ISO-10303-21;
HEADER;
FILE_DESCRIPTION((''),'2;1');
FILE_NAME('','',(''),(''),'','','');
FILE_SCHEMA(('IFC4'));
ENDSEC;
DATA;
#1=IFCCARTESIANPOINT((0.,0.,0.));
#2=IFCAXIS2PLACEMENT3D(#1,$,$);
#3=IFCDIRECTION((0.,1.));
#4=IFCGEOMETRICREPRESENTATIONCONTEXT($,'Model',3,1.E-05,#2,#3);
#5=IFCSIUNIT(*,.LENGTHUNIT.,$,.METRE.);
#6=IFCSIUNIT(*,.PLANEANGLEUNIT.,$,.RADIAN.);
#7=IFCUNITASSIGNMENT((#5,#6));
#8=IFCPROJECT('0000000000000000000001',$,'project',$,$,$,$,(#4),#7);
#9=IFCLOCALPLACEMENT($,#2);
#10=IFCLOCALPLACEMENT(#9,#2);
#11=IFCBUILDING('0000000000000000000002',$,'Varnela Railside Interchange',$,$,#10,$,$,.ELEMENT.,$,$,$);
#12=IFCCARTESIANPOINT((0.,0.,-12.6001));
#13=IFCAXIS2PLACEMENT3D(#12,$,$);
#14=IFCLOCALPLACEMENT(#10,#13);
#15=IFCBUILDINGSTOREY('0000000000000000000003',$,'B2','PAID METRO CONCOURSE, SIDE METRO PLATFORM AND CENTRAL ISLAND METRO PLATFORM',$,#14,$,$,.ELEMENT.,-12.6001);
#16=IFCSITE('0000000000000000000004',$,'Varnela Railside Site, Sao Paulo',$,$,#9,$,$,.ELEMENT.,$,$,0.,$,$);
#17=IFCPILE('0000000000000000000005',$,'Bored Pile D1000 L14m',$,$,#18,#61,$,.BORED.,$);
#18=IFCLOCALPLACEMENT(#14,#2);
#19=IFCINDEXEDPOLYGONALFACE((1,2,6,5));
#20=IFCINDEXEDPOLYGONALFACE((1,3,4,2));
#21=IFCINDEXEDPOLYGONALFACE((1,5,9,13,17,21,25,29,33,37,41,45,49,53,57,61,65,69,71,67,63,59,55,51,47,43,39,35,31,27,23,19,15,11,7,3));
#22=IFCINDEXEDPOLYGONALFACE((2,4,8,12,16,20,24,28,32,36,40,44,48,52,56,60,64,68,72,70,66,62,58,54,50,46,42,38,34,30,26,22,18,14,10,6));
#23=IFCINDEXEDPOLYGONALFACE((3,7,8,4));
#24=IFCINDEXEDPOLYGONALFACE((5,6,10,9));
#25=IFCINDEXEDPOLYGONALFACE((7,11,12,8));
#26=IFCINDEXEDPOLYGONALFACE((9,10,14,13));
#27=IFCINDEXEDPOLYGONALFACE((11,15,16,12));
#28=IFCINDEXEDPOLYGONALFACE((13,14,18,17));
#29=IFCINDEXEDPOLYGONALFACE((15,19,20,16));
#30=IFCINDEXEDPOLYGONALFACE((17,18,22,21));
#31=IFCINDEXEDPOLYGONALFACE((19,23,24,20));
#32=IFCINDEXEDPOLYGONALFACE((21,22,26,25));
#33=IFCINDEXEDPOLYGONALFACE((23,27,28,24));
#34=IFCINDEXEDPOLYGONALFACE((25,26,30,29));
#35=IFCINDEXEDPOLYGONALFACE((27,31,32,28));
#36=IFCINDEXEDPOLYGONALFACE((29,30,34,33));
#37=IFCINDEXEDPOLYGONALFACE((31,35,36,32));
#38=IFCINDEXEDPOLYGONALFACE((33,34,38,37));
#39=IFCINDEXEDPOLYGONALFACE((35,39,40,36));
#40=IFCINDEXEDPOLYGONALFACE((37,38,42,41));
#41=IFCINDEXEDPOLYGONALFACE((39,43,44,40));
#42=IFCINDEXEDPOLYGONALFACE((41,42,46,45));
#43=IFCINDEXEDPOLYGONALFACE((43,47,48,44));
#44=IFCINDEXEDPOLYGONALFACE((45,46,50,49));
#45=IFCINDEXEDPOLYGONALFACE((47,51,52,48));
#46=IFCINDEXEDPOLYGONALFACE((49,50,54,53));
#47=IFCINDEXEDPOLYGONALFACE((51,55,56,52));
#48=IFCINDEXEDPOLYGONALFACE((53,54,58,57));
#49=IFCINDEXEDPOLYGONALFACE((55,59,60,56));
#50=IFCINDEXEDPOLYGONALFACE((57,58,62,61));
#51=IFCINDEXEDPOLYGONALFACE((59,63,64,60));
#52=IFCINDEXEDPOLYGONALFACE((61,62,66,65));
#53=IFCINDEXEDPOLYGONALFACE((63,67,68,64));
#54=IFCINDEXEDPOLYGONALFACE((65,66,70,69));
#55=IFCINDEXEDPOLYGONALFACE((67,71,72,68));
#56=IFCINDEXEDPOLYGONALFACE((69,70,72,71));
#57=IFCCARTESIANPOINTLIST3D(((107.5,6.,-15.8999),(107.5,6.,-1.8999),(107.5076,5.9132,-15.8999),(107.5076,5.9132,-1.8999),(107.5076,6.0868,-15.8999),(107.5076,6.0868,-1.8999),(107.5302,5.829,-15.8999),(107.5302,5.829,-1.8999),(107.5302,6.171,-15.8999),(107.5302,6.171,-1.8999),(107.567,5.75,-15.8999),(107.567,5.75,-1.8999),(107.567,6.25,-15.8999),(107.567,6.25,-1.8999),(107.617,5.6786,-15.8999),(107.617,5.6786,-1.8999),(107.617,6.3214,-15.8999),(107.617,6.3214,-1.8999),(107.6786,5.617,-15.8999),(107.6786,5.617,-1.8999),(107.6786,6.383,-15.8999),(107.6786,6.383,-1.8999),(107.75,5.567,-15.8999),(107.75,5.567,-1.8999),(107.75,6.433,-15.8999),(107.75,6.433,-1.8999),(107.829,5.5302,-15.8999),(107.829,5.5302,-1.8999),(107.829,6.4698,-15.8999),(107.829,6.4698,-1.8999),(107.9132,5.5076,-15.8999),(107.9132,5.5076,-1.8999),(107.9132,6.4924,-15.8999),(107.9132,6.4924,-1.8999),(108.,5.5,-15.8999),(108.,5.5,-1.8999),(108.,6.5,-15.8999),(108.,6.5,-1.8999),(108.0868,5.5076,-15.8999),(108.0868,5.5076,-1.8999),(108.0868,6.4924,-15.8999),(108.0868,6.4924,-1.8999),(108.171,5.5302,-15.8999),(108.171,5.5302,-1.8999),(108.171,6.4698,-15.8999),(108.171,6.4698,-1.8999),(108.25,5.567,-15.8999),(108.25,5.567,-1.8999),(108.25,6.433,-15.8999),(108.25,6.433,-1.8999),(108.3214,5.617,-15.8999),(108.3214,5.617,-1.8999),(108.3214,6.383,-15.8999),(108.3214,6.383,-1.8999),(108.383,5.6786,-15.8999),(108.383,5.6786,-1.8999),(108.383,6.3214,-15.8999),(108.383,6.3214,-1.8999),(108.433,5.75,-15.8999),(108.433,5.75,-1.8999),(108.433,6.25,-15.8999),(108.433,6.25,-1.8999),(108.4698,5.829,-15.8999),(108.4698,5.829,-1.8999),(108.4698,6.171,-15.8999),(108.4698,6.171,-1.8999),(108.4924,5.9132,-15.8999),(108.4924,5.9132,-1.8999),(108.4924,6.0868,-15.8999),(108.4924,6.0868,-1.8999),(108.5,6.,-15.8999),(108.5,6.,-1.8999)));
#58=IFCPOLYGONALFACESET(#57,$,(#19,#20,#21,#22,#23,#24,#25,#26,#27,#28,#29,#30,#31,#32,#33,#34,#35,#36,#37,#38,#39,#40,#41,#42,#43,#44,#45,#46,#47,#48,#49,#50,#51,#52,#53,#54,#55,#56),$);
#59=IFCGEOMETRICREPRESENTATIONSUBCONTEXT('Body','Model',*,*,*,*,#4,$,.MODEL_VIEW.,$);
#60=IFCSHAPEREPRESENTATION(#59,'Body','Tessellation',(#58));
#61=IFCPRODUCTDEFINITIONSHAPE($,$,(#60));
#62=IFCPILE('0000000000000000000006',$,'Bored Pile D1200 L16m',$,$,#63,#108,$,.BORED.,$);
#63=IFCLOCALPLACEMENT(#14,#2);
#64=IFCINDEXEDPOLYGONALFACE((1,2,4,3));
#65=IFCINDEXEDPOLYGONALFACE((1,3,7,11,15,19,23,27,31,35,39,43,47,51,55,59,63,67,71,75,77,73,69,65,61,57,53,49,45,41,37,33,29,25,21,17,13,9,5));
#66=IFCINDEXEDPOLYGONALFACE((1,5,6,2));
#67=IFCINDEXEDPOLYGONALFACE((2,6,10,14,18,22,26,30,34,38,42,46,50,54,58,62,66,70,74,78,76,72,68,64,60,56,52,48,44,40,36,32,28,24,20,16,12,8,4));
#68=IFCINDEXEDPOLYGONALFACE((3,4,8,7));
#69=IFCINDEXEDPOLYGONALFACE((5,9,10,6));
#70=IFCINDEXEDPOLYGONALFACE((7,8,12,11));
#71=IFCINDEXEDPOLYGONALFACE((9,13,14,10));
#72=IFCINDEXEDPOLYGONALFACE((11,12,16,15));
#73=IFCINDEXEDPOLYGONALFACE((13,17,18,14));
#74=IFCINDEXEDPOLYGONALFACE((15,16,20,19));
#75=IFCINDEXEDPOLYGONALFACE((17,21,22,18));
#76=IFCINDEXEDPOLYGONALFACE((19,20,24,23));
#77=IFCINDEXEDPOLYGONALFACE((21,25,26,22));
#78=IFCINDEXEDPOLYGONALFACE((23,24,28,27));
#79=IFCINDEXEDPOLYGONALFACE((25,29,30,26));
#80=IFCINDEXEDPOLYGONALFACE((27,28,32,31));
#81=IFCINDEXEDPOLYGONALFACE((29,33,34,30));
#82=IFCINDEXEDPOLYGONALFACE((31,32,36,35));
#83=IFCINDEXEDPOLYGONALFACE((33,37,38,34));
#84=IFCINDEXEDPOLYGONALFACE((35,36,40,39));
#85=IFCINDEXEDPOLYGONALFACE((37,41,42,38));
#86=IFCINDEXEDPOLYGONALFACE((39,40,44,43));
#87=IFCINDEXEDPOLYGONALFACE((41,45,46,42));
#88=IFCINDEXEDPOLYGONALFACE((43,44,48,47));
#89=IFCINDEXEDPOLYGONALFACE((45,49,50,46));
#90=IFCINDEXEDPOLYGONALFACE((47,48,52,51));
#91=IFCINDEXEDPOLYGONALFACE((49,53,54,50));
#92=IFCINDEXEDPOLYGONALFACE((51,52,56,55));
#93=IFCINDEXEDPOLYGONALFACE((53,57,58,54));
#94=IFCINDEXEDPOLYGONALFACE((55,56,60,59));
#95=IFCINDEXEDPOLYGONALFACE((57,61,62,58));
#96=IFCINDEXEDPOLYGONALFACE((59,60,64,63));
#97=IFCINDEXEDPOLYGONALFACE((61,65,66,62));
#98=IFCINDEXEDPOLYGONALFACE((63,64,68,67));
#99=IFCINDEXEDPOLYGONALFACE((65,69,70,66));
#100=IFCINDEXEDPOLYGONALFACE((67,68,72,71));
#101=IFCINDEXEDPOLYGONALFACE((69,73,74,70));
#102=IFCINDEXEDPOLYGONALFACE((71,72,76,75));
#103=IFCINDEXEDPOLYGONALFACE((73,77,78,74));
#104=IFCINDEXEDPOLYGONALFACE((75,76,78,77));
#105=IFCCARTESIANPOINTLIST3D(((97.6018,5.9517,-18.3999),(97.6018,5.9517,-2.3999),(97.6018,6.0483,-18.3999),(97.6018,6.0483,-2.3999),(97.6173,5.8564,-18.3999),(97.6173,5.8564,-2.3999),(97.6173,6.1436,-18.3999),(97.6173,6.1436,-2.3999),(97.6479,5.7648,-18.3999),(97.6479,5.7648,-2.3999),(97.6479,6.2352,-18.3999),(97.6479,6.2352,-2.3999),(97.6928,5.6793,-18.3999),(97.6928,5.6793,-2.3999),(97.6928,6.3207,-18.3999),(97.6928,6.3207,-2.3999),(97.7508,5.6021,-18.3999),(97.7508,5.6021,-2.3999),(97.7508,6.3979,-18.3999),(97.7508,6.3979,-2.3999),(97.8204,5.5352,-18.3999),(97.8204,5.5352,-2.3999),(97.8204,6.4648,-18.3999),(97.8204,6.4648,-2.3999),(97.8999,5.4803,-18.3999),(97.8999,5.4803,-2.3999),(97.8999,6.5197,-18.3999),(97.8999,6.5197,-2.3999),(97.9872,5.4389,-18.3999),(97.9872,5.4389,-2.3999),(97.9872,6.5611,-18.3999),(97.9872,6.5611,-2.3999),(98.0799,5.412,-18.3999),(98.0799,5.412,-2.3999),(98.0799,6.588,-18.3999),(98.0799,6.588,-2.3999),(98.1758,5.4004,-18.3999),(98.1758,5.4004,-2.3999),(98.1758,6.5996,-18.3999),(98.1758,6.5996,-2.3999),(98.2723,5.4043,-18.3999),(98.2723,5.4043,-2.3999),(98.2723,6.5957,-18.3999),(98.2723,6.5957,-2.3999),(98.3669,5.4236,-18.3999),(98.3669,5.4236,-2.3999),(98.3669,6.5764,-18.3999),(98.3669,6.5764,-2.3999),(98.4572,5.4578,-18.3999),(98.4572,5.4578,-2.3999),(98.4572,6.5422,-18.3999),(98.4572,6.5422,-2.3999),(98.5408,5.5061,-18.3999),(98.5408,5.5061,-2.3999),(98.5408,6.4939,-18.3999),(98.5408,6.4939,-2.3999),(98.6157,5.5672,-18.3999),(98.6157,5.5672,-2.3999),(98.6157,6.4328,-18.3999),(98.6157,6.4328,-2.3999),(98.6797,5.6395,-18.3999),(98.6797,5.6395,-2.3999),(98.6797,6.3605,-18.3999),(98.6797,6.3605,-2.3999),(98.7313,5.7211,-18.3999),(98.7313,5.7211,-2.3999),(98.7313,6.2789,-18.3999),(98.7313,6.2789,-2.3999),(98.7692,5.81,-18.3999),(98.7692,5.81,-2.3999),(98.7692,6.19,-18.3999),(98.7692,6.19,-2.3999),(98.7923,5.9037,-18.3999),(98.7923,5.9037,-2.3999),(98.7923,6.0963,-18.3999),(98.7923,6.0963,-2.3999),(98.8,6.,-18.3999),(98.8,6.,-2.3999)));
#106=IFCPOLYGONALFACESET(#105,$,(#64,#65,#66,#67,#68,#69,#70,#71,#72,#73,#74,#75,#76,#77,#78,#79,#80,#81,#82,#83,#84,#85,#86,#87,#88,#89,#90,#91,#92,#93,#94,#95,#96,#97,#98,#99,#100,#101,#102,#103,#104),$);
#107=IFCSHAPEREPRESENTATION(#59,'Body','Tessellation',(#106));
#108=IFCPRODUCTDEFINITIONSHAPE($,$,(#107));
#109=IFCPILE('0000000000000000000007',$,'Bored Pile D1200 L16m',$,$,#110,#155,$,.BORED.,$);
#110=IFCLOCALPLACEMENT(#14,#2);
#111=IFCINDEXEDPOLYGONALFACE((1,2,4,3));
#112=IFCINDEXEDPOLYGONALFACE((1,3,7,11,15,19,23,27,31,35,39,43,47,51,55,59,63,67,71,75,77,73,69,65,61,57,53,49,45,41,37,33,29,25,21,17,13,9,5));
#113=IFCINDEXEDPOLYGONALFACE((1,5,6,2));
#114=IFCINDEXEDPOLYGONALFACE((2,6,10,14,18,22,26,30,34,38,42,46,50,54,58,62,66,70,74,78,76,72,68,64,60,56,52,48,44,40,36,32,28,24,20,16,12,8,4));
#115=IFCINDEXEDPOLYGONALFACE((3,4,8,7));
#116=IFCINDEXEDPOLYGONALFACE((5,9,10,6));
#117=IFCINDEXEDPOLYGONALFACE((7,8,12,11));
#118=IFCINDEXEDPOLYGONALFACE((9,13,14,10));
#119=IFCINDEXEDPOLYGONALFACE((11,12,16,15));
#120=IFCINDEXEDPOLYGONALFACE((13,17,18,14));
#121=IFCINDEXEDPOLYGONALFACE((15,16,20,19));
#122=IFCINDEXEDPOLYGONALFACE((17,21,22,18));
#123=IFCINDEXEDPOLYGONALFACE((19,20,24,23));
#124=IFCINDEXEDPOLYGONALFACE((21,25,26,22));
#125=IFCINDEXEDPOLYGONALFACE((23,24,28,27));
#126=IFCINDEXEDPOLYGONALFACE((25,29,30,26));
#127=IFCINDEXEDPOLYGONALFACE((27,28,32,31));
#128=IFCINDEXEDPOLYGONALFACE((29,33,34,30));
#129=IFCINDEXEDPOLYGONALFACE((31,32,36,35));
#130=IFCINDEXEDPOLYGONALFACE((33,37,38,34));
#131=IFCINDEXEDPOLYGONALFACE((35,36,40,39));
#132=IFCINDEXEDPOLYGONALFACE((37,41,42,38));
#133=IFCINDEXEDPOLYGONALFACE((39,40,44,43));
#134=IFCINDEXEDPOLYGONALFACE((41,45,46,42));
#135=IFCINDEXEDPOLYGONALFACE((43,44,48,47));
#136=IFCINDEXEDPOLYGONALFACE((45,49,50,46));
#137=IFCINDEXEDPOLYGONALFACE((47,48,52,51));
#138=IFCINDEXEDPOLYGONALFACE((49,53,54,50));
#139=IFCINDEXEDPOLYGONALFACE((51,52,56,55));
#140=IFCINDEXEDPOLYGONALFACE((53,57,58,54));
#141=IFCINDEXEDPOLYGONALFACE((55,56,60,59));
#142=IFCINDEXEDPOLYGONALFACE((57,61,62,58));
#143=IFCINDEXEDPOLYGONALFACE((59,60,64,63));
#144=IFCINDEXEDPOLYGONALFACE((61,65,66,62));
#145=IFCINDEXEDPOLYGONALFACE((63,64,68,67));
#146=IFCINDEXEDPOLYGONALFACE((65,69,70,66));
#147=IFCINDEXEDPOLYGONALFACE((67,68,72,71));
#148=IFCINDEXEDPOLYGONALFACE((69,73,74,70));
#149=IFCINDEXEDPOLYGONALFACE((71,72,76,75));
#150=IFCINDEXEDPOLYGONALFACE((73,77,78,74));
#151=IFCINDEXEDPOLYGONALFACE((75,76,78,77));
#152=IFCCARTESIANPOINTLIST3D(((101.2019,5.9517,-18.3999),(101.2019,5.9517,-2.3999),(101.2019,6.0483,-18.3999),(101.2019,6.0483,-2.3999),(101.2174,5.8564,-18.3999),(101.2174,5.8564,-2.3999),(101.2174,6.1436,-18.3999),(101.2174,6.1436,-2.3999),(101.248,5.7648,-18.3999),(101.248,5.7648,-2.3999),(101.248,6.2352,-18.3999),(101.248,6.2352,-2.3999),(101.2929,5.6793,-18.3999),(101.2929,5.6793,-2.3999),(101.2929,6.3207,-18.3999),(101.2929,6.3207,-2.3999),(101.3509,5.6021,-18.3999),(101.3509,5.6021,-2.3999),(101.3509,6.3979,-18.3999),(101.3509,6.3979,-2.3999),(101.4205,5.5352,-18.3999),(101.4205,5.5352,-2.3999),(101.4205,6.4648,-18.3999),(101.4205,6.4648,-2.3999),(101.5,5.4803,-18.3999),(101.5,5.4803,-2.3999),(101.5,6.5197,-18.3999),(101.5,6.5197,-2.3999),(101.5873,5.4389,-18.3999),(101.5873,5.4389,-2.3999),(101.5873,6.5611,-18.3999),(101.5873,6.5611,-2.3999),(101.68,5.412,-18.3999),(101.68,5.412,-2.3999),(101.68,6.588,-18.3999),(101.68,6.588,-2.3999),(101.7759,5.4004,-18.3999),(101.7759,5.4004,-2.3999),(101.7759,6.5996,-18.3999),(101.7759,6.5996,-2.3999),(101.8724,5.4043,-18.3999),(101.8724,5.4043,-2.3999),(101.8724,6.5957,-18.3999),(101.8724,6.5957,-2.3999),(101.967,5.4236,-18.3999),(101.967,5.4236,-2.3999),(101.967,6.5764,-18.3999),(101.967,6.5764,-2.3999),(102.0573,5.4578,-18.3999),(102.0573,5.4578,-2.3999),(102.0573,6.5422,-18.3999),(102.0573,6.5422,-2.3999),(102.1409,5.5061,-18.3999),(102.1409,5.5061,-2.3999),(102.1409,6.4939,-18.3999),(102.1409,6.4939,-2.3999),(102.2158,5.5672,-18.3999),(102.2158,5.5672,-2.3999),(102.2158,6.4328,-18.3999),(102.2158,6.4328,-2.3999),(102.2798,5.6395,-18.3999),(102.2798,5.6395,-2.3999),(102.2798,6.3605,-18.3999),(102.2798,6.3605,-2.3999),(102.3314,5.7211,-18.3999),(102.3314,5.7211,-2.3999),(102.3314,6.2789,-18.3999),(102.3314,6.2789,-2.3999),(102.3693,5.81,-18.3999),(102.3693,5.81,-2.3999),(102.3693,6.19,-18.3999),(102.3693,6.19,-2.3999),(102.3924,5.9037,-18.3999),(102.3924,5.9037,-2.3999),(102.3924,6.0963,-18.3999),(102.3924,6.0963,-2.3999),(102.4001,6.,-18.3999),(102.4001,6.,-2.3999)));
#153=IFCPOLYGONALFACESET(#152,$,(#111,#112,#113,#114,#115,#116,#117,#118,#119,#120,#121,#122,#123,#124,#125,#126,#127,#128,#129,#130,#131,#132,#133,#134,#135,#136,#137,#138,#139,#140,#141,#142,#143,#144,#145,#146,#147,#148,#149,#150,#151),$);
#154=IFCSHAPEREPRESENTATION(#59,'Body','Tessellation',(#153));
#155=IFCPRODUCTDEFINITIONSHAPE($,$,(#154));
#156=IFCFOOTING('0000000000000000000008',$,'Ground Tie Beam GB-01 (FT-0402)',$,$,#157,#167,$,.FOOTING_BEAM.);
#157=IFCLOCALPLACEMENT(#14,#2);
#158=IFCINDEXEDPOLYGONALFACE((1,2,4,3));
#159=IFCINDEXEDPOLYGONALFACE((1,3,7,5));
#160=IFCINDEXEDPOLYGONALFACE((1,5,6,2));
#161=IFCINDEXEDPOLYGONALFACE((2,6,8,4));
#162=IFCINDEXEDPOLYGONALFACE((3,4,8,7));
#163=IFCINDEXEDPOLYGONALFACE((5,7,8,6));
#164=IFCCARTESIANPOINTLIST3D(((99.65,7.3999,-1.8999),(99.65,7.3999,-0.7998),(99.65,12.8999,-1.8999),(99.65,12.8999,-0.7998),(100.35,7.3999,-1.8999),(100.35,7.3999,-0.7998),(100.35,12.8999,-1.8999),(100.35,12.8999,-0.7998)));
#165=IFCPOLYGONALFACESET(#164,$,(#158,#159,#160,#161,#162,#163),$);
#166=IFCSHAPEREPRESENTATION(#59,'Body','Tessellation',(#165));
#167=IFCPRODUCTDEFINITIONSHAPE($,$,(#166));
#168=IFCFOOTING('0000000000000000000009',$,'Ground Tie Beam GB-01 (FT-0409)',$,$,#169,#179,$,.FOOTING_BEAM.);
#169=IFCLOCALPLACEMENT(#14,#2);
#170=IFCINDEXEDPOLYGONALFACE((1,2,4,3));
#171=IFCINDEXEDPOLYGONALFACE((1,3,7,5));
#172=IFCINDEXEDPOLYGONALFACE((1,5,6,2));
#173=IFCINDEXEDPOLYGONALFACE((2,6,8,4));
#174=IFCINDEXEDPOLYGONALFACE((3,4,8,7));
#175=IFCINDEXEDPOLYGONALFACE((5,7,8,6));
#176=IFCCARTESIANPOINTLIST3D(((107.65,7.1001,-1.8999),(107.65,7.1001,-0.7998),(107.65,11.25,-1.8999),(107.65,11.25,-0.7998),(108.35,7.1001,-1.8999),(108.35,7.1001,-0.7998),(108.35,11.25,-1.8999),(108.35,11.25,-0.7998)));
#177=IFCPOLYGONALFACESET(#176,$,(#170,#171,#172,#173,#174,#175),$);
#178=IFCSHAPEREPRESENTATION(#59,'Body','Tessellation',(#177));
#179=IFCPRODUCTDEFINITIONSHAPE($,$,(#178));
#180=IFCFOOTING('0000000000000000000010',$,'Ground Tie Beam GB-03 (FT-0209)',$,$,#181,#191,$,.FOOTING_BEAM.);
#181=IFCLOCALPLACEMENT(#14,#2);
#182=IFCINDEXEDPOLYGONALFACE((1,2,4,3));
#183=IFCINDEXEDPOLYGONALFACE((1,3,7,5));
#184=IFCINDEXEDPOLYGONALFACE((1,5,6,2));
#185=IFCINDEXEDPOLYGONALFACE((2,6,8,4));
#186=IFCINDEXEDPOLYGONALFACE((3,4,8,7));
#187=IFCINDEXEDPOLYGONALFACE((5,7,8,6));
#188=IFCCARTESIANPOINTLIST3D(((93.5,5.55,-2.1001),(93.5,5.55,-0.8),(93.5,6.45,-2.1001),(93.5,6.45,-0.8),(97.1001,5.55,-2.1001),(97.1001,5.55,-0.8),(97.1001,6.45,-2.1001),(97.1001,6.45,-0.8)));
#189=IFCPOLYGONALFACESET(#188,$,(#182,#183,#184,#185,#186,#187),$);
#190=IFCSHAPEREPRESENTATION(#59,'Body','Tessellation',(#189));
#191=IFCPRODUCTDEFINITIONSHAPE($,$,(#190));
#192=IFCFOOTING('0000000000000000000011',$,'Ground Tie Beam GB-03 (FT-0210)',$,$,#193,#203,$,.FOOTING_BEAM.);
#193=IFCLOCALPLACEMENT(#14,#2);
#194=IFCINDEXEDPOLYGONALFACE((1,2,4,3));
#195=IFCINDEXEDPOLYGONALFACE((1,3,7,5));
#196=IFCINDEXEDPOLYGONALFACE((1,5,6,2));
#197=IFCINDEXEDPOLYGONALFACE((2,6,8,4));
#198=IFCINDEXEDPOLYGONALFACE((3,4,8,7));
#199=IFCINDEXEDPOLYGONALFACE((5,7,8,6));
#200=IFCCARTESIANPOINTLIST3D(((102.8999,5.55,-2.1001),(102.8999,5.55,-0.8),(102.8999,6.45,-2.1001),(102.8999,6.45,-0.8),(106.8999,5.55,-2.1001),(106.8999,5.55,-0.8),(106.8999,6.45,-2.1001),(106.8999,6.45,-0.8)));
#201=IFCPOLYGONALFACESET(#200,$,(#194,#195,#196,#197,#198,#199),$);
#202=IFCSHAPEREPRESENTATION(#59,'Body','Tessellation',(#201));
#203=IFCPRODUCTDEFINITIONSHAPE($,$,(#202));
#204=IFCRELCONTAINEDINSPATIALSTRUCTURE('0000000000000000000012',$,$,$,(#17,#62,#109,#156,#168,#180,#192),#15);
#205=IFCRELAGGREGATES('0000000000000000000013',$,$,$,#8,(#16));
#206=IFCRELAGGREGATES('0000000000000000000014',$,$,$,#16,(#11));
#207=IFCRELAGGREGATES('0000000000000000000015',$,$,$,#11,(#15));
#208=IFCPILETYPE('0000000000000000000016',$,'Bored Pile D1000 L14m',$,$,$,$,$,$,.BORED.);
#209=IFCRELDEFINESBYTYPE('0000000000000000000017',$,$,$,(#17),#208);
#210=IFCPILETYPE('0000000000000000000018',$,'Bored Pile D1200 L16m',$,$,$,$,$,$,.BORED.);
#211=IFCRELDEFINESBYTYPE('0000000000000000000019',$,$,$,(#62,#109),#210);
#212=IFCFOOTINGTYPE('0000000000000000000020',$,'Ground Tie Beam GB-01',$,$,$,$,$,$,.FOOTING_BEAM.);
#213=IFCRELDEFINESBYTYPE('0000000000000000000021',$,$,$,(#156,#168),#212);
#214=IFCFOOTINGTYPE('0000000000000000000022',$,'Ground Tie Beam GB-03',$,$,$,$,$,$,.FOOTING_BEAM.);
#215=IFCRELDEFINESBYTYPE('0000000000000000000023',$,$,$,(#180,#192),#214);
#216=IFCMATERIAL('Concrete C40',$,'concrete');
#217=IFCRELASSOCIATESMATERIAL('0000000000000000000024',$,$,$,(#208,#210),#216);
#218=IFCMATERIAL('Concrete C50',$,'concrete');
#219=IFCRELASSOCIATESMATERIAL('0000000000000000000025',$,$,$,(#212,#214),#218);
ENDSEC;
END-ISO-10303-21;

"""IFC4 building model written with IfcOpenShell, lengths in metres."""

from ifc_helpers import new_model, si_unit, direction, frame, origin, origin_2d, place, context, subcontext, project, spatial, rectangle, circle, extrude, material, material_profile, profile_set, type_object, element, save


model = new_model("IFC4")

# Units and contexts
model_context = context("Model", 3, precision=1e-05, world=origin(), true_north=direction((0.0, 1.0)))
body_context = subcontext(model_context, "Body", "Model", "MODEL_VIEW")
ifc_project = project(units=[si_unit("LENGTHUNIT", "METRE"), si_unit("PLANEANGLEUNIT", "RADIAN")], contexts=[model_context])

# Site, building, storey
site_placement = place(None, origin())
site = spatial("IfcSite", under=ifc_project, at=site_placement, Name="Varnela Railside Site, Sao Paulo", CompositionType="ELEMENT", RefElevation=0.0)
building_placement = place(site_placement, origin())
building = spatial("IfcBuilding", under=site, at=building_placement, Name="Varnela Railside Interchange", CompositionType="ELEMENT")
storey_placement = place(building_placement, frame((0.0, 0.0, -12.6001)))
storey = spatial("IfcBuildingStorey", under=building, at=storey_placement, Name="B2", Description="PAID METRO CONCOURSE, SIDE METRO PLATFORM AND CENTRAL ISLAND METRO PLATFORM", CompositionType="ELEMENT", Elevation=-12.6001)

# Piles
ifc_material_1 = material(Name="Concrete C40", Category="concrete")
ifc_material_profile_1 = material_profile(ifc_material_1, circle(Radius=0.5, at=origin_2d()), Name="BORED PILE D1000")
ifc_profile_set_1 = profile_set([ifc_material_profile_1], Name="Concrete C40")
pile_type_1 = type_object("IfcPileType", Name="Bored Pile D1000 L14m", PredefinedType="BORED", material=ifc_profile_set_1)
pile_placement = place(storey_placement, frame((108.0, 6.0, -1.8999), z_axis=(0.0, 0.0, -1.0), x_axis=(1.0, 0.0, 0.0)))
element("IfcPile", 1, at=pile_placement, inside=storey, type_object=pile_type_1, Name="Bored Pile D1000 L14m", PredefinedType="BORED", context=body_context, shape_type="SweptSolid", body=[
    extrude(circle(Radius=0.5, at=origin_2d()), origin(), (0.0, 0.0, 1.0), 14.0),
])
ifc_material_profile_2 = material_profile(ifc_material_1, circle(Radius=0.6001, at=origin_2d()), Name="BORED PILE D1200")
ifc_profile_set_2 = profile_set([ifc_material_profile_2], Name="Concrete C40")
pile_type_2 = type_object("IfcPileType", Name="Bored Pile D1200 L16m", PredefinedType="BORED", material=ifc_profile_set_2)
for number, where, z_axis, x_axis, name in (
    (2, (98.2, 6.0, -2.3999), (0.0, 0.0, -1.0), (1.0, 0.0, 0.0), "Bored Pile D1200 L16m"),
    (3, (101.8, 6.0, -2.3999), (0.0, 0.0, -1.0), (1.0, 0.0, 0.0), "Bored Pile D1200 L16m"),
):
    element("IfcPile", number, at=place(storey_placement, frame(where, z_axis=z_axis, x_axis=x_axis)), inside=storey, type_object=pile_type_2, Name=name, PredefinedType="BORED", context=body_context, shape_type="SweptSolid", body=[
        extrude(circle(Radius=0.6001, at=origin_2d()), origin(), (0.0, 0.0, 1.0), 16.0),
    ])

# Footings
ifc_material_2 = material(Name="Concrete C50", Category="concrete")
footing_type_1 = type_object("IfcFootingType", Name="Ground Tie Beam GB-01", PredefinedType="FOOTING_BEAM", material=ifc_material_2)
footing_1_placement = place(storey_placement, frame((100.0, 10.1499, -1.8999), z_axis=(0.0, 0.0, 1.0), x_axis=(1.0, 0.0, 0.0)))
element("IfcFooting", 4, at=footing_1_placement, inside=storey, type_object=footing_type_1, Name="Ground Tie Beam GB-01 (FT-0402)", PredefinedType="FOOTING_BEAM", context=body_context, shape_type="SweptSolid", body=[
    extrude(rectangle(XDim=0.7, YDim=5.5, at=origin_2d()), origin(), (0.0, 0.0, 1.0), 1.1001),
])
footing_2_placement = place(storey_placement, frame((108.0, 9.175, -1.8999), z_axis=(0.0, 0.0, 1.0), x_axis=(1.0, 0.0, 0.0)))
element("IfcFooting", 5, at=footing_2_placement, inside=storey, type_object=footing_type_1, Name="Ground Tie Beam GB-01 (FT-0409)", PredefinedType="FOOTING_BEAM", context=body_context, shape_type="SweptSolid", body=[
    extrude(rectangle(XDim=0.7, YDim=4.1499, at=origin_2d()), origin(), (0.0, 0.0, 1.0), 1.1001),
])
footing_type_2 = type_object("IfcFootingType", Name="Ground Tie Beam GB-03", PredefinedType="FOOTING_BEAM", material=ifc_material_2)
footing_3_placement = place(storey_placement, frame((95.3, 6.0, -2.1001), z_axis=(0.0, 0.0, 1.0), x_axis=(1.0, 0.0, 0.0)))
element("IfcFooting", 6, at=footing_3_placement, inside=storey, type_object=footing_type_2, Name="Ground Tie Beam GB-03 (FT-0209)", PredefinedType="FOOTING_BEAM", context=body_context, shape_type="SweptSolid", body=[
    extrude(rectangle(XDim=3.6001, YDim=0.8999, at=origin_2d()), origin(), (0.0, 0.0, 1.0), 1.3),
])
footing_4_placement = place(storey_placement, frame((104.8999, 6.0, -2.1001), z_axis=(0.0, 0.0, 1.0), x_axis=(1.0, 0.0, 0.0)))
element("IfcFooting", 7, at=footing_4_placement, inside=storey, type_object=footing_type_2, Name="Ground Tie Beam GB-03 (FT-0210)", PredefinedType="FOOTING_BEAM", context=body_context, shape_type="SweptSolid", body=[
    extrude(rectangle(XDim=4.0, YDim=0.8999, at=origin_2d()), origin(), (0.0, 0.0, 1.0), 1.3),
])

save(model, "model.ifc")
